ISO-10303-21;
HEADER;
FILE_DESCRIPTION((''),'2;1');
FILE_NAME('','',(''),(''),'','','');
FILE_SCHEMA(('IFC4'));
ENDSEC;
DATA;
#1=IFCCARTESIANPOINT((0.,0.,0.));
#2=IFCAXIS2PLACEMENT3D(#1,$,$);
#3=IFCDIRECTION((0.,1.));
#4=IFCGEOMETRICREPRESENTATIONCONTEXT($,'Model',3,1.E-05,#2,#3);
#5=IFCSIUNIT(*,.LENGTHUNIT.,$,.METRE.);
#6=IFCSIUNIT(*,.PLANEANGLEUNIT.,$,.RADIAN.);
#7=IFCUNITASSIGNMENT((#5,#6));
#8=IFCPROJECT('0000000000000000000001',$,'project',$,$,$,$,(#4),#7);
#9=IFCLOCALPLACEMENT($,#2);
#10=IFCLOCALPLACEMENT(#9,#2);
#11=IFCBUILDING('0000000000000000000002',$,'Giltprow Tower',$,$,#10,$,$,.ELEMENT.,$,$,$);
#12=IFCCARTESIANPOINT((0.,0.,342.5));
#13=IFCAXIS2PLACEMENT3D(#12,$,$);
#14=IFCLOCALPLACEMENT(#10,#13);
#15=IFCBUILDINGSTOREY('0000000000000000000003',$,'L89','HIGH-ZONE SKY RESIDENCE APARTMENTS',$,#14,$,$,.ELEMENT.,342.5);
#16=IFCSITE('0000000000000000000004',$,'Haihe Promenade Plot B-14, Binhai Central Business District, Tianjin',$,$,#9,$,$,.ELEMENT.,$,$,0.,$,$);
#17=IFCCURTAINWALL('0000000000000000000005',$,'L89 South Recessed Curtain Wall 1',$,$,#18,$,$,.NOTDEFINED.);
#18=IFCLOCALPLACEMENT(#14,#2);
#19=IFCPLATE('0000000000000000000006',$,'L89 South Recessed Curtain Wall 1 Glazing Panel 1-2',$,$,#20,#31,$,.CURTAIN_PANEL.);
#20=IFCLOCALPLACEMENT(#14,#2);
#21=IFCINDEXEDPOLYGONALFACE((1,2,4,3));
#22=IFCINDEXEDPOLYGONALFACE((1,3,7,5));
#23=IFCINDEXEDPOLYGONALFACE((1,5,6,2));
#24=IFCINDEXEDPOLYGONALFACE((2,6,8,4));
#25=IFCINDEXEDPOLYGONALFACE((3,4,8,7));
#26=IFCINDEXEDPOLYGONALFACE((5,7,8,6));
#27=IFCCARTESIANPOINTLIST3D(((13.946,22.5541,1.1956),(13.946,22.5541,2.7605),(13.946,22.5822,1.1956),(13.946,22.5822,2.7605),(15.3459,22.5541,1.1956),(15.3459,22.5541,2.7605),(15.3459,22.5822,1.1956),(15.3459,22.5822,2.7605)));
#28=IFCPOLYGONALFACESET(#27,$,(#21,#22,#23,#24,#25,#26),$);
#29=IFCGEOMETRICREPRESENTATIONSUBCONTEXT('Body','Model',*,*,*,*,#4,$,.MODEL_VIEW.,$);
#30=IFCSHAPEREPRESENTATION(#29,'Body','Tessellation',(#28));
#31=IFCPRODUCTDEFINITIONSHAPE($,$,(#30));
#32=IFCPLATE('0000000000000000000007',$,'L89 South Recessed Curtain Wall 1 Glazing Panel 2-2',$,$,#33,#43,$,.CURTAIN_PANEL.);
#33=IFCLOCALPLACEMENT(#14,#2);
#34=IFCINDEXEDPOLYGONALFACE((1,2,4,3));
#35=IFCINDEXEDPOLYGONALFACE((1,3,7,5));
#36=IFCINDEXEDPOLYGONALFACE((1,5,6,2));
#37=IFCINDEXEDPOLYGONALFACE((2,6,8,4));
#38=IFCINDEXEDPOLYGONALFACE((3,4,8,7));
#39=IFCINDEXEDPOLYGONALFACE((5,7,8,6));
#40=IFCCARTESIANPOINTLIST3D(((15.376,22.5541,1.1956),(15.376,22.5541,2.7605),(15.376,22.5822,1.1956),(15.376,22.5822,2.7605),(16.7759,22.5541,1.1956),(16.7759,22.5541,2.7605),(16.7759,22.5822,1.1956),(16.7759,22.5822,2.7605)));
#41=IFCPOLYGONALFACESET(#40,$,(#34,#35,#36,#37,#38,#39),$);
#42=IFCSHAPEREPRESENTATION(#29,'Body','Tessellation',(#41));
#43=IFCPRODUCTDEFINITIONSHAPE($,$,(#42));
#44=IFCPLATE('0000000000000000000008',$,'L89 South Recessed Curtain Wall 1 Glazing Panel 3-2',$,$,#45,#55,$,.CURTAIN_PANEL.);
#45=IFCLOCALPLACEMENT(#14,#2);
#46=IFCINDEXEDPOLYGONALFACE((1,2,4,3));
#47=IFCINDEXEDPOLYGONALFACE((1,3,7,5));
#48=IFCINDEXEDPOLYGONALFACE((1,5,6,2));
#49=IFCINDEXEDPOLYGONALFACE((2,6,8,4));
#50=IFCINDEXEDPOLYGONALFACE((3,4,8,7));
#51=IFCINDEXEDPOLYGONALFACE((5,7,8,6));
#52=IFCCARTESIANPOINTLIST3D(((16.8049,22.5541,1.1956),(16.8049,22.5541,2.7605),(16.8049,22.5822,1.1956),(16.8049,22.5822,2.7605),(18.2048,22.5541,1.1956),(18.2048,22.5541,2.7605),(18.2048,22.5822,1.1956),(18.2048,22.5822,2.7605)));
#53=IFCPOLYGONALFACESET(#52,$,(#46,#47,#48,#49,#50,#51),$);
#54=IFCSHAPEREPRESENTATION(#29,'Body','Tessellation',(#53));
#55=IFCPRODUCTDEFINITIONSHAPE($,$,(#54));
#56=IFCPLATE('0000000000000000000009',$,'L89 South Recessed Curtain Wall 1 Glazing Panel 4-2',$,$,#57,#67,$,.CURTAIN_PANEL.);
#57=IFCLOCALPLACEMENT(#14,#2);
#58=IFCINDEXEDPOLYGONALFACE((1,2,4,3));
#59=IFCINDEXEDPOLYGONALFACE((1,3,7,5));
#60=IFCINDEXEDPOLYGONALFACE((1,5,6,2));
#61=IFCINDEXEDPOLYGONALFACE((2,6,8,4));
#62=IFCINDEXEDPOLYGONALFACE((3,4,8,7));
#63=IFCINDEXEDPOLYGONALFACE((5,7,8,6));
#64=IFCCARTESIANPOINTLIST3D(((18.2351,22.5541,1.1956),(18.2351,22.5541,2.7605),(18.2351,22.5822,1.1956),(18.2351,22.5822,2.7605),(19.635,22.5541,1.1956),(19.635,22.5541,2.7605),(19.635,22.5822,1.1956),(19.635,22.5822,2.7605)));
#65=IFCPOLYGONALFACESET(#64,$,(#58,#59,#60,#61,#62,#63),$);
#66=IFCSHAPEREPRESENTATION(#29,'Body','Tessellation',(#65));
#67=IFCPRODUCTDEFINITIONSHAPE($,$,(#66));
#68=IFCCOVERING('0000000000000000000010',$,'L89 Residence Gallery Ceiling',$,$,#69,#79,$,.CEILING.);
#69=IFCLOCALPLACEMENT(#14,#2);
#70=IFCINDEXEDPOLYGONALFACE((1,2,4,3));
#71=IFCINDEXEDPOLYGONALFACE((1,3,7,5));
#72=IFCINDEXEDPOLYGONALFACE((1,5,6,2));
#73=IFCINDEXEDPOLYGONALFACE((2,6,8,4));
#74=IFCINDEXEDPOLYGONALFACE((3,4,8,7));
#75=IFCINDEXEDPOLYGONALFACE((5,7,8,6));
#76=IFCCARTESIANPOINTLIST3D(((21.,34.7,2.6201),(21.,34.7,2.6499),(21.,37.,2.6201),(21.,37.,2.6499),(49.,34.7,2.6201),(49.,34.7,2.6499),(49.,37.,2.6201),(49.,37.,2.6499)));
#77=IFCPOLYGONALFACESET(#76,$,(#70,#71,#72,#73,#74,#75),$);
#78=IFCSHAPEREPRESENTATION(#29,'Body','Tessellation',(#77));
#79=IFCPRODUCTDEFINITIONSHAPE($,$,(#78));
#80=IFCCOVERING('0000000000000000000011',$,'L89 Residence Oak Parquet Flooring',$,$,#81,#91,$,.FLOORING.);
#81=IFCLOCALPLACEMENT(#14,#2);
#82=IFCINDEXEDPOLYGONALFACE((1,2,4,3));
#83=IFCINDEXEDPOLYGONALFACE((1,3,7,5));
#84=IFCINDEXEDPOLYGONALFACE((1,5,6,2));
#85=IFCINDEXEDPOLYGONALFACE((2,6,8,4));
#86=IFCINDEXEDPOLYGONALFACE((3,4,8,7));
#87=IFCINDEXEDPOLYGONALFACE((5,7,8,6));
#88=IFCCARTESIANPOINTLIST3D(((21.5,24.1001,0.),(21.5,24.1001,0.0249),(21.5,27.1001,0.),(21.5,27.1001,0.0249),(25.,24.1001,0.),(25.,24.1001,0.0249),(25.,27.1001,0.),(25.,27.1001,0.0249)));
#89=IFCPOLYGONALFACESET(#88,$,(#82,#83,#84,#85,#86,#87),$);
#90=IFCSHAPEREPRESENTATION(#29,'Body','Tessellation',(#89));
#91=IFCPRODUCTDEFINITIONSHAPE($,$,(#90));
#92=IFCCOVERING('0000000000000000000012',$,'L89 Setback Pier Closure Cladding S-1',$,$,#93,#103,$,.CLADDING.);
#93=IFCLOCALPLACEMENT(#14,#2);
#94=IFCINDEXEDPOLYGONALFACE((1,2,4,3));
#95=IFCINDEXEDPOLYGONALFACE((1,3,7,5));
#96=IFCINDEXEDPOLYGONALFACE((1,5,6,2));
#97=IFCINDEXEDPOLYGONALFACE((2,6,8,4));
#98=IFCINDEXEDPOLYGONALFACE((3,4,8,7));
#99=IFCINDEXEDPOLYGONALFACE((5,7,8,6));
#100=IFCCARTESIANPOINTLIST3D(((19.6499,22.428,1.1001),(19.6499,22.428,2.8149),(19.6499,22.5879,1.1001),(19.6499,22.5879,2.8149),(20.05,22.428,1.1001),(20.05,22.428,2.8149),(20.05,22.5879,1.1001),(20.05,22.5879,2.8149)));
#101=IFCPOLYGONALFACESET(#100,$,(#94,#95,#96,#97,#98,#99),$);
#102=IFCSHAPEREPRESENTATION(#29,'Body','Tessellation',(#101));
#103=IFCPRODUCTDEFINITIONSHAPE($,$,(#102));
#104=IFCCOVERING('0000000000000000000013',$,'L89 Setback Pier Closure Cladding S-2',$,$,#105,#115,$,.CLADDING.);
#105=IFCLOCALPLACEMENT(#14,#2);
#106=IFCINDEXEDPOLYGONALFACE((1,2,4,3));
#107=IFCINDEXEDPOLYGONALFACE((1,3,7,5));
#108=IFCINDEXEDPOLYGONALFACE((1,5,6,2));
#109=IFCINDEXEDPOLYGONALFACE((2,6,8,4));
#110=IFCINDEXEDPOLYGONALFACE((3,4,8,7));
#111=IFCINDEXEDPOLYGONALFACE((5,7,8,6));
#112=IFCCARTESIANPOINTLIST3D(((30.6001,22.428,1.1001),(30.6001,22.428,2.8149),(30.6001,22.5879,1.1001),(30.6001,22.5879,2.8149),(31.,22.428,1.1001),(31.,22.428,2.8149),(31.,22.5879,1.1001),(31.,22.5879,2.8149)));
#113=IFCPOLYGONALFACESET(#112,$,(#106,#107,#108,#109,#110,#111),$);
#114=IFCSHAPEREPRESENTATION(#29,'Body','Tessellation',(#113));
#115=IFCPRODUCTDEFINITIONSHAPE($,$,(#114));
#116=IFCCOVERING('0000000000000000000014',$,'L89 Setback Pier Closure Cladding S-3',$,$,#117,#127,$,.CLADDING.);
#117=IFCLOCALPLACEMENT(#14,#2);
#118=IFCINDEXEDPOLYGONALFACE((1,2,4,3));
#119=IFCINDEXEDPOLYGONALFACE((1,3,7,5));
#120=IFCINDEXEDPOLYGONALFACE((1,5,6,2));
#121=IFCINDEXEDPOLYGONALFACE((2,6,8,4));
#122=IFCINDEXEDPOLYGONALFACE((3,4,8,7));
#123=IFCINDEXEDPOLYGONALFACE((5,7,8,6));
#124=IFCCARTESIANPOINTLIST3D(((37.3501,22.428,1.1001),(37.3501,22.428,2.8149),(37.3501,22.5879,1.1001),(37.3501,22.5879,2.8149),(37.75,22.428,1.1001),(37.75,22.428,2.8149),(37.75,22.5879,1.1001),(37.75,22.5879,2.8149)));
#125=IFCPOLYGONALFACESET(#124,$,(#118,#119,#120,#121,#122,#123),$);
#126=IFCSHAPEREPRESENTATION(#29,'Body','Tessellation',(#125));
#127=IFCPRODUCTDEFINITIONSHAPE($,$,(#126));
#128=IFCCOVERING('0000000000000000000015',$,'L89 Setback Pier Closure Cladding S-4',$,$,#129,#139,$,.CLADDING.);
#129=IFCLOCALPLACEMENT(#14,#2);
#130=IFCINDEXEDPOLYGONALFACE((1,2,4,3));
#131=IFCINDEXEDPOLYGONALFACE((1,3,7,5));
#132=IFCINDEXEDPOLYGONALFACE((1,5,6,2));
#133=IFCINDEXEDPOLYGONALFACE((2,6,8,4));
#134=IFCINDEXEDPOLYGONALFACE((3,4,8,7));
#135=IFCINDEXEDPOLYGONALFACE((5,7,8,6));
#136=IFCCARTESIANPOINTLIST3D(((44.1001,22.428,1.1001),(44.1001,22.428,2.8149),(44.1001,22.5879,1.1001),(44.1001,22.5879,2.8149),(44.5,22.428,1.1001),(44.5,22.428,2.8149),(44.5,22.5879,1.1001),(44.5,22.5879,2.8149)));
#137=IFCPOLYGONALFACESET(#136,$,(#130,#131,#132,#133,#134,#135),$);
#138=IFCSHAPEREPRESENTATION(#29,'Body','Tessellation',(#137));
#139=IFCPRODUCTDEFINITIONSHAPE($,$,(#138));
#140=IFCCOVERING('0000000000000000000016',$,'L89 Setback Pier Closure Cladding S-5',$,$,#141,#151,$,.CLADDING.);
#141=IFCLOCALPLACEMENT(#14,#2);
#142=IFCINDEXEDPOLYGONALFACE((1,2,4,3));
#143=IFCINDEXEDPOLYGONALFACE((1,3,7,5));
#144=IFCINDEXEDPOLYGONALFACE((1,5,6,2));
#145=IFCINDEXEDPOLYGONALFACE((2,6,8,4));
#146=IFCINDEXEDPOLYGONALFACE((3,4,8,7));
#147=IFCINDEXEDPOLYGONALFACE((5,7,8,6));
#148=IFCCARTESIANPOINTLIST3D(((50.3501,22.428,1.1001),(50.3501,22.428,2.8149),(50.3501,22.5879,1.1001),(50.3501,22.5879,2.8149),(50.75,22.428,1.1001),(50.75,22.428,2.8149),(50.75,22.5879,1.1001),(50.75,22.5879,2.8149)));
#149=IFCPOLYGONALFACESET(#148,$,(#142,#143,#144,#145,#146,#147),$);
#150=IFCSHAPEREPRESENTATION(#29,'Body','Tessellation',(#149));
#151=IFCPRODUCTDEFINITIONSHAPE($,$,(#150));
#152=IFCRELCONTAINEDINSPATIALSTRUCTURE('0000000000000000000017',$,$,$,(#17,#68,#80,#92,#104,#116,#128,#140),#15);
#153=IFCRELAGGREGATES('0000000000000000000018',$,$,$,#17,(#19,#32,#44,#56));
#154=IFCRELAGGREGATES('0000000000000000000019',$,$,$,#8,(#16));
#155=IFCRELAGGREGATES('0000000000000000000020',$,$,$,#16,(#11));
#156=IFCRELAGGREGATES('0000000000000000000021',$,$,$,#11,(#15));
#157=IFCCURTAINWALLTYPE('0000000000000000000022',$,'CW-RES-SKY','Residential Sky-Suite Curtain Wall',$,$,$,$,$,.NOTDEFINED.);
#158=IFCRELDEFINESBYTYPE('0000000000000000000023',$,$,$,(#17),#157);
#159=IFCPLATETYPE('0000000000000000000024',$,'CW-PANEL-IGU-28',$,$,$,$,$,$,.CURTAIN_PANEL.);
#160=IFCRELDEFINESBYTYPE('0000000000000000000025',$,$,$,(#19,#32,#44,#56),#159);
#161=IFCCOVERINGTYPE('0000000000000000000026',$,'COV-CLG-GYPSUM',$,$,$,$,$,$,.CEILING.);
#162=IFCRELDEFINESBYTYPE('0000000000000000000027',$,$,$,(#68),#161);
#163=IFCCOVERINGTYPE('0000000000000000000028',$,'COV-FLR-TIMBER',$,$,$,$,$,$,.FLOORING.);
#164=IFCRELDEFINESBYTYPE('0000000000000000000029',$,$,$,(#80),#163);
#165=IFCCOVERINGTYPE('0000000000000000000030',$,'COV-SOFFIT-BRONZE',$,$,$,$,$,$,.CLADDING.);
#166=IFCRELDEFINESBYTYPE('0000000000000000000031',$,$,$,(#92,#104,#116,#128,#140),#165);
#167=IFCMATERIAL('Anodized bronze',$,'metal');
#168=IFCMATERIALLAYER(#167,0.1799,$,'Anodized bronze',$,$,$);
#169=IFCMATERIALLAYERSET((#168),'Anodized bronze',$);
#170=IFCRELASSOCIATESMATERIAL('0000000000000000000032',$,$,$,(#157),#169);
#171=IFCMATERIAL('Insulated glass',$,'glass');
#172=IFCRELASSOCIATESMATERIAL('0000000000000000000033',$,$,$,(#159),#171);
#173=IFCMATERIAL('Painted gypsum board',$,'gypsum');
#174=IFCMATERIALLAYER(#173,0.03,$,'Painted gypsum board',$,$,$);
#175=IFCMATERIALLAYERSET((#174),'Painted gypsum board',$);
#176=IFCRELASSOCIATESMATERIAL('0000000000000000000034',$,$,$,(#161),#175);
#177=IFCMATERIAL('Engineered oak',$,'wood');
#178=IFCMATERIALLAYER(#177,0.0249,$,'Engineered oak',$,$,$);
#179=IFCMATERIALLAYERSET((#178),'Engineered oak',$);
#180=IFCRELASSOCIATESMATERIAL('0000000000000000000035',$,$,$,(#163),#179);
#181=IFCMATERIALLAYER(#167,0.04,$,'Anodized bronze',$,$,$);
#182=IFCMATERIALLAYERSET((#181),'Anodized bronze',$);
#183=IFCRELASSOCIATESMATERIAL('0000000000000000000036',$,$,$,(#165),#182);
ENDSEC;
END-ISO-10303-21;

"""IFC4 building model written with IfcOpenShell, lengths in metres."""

from ifc_helpers import new_model, si_unit, direction, frame, origin, origin_2d, place, context, subcontext, project, spatial, polyline, rectangle, outline, extrude, source, transform, mapped, material, layer, layer_set, type_object, element, aggregate, save


model = new_model("IFC4")

# Units and contexts
model_context = context("Model", 3, precision=1e-05, world=origin(), true_north=direction((0.0, 1.0)))
body_context = subcontext(model_context, "Body", "Model", "MODEL_VIEW")
ifc_project = project(units=[si_unit("LENGTHUNIT", "METRE"), si_unit("PLANEANGLEUNIT", "RADIAN")], contexts=[model_context])

# Site, building, storey
site_placement = place(None, origin())
site = spatial("IfcSite", under=ifc_project, at=site_placement, Name="Haihe Promenade Plot B-14, Binhai Central Business District, Tianjin", CompositionType="ELEMENT", RefElevation=0.0)
building_placement = place(site_placement, origin())
building = spatial("IfcBuilding", under=site, at=building_placement, Name="Giltprow Tower", CompositionType="ELEMENT")
storey_placement = place(building_placement, frame((0.0, 0.0, 342.5)))
storey = spatial("IfcBuildingStorey", under=building, at=storey_placement, Name="L89", Description="HIGH-ZONE SKY RESIDENCE APARTMENTS", CompositionType="ELEMENT", Elevation=342.5)

# Curtain wall
ifc_material_1 = material(Name="Anodized bronze", Category="metal")
ifc_layer_1 = layer(ifc_material_1, 0.1799, Name="Anodized bronze")
ifc_layer_set_1 = layer_set([ifc_layer_1], Name="Anodized bronze")
curtain_wall_type = type_object("IfcCurtainWallType", Name="CW-RES-SKY", Description="Residential Sky-Suite Curtain Wall", PredefinedType="NOTDEFINED", material=ifc_layer_set_1)
curtain_wall_placement = place(storey_placement, origin())
curtain_wall = element("IfcCurtainWall", 1, at=curtain_wall_placement, inside=storey, type_object=curtain_wall_type, Name="L89 South Recessed Curtain Wall 1", PredefinedType="NOTDEFINED")

# Plates
ifc_material_2 = material(Name="Insulated glass", Category="glass")
plate_type = type_object("IfcPlateType", Name="CW-PANEL-IGU-28", PredefinedType="CURTAIN_PANEL", material=ifc_material_2)
shared_shape_1 = source(origin(), body_context, "Body", "SweptSolid", [
    extrude(rectangle(XDim=1.3999, YDim=0.0281, at=origin_2d()), origin(), (0.0, 0.0, 1.0), 1.5649),
])
plate_1_placement = place(storey_placement, frame((14.646, 22.5681, 1.1956), z_axis=(0.0, 0.0, 1.0), x_axis=(1.0, 0.0, 0.0)))
plate_1 = element("IfcPlate", 2, at=plate_1_placement, type_object=plate_type, Name="L89 South Recessed Curtain Wall 1 Glazing Panel 1-2", PredefinedType="CURTAIN_PANEL", context=body_context, shape_type="MappedRepresentation", body=[
    mapped(shared_shape_1, transform((0.0, 0.0, 0.0), x_axis=(1.0, 0.0, 0.0), y_axis=(0.0, 1.0, 0.0), z_axis=(0.0, 0.0, 1.0), scale=1.0)),
])
plate_2_placement = place(storey_placement, frame((16.0759, 22.5681, 1.1956), z_axis=(0.0, 0.0, 1.0), x_axis=(1.0, 0.0, 0.0)))
plate_2 = element("IfcPlate", 3, at=plate_2_placement, type_object=plate_type, Name="L89 South Recessed Curtain Wall 1 Glazing Panel 2-2", PredefinedType="CURTAIN_PANEL", context=body_context, shape_type="MappedRepresentation", body=[
    mapped(shared_shape_1, transform((0.0, 0.0, 0.0), x_axis=(1.0, 0.0, 0.0), y_axis=(0.0, 1.0, 0.0), z_axis=(0.0, 0.0, 1.0), scale=1.0)),
])
plate_3_placement = place(storey_placement, frame((17.5049, 22.5681, 1.1956), z_axis=(0.0, 0.0, 1.0), x_axis=(1.0, 0.0, 0.0)))
plate_3 = element("IfcPlate", 4, at=plate_3_placement, type_object=plate_type, Name="L89 South Recessed Curtain Wall 1 Glazing Panel 3-2", PredefinedType="CURTAIN_PANEL", context=body_context, shape_type="MappedRepresentation", body=[
    mapped(shared_shape_1, transform((0.0, 0.0, 0.0), x_axis=(1.0, 0.0, 0.0), y_axis=(0.0, 1.0, 0.0), z_axis=(0.0, 0.0, 1.0), scale=1.0)),
])
plate_4_placement = place(storey_placement, frame((18.9351, 22.5681, 1.1956), z_axis=(0.0, 0.0, 1.0), x_axis=(1.0, 0.0, 0.0)))
plate_4 = element("IfcPlate", 5, at=plate_4_placement, type_object=plate_type, Name="L89 South Recessed Curtain Wall 1 Glazing Panel 4-2", PredefinedType="CURTAIN_PANEL", context=body_context, shape_type="MappedRepresentation", body=[
    mapped(shared_shape_1, transform((0.0, 0.0, 0.0), x_axis=(1.0, 0.0, 0.0), y_axis=(0.0, 1.0, 0.0), z_axis=(0.0, 0.0, 1.0), scale=1.0)),
])
aggregate(curtain_wall, [plate_1, plate_2, plate_3, plate_4])

# Coverings
ifc_material_3 = material(Name="Painted gypsum board", Category="gypsum")
ifc_layer_2 = layer(ifc_material_3, 0.03, Name="Painted gypsum board")
ifc_layer_set_2 = layer_set([ifc_layer_2], Name="Painted gypsum board")
covering_type_1 = type_object("IfcCoveringType", Name="COV-CLG-GYPSUM", PredefinedType="CEILING", material=ifc_layer_set_2)
covering_1_placement = place(storey_placement, frame((0.0, 0.0, 2.6201)))
element("IfcCovering", 6, at=covering_1_placement, inside=storey, type_object=covering_type_1, Name="L89 Residence Gallery Ceiling", PredefinedType="CEILING", context=body_context, shape_type="SweptSolid", body=[
    extrude(outline(polyline([(21.0, 34.7), (49.0, 34.7), (49.0, 37.0), (21.0, 37.0), (21.0, 34.7)])), origin(), (0.0, 0.0, 1.0), 0.0298),
])
ifc_material_4 = material(Name="Engineered oak", Category="wood")
ifc_layer_3 = layer(ifc_material_4, 0.0249, Name="Engineered oak")
ifc_layer_set_3 = layer_set([ifc_layer_3], Name="Engineered oak")
covering_type_2 = type_object("IfcCoveringType", Name="COV-FLR-TIMBER", PredefinedType="FLOORING", material=ifc_layer_set_3)
covering_2_placement = place(storey_placement, origin())
element("IfcCovering", 7, at=covering_2_placement, inside=storey, type_object=covering_type_2, Name="L89 Residence Oak Parquet Flooring", PredefinedType="FLOORING", context=body_context, shape_type="SweptSolid", body=[
    extrude(outline(polyline([(21.5, 24.1001), (25.0, 24.1001), (25.0, 27.1001), (21.5, 27.1001), (21.5, 24.1001)])), origin(), (0.0, 0.0, 1.0), 0.0249),
])
ifc_layer_4 = layer(ifc_material_1, 0.04, Name="Anodized bronze")
ifc_layer_set_4 = layer_set([ifc_layer_4], Name="Anodized bronze")
covering_type_3 = type_object("IfcCoveringType", Name="COV-SOFFIT-BRONZE", PredefinedType="CLADDING", material=ifc_layer_set_4)
covering_3_placement = place(storey_placement, frame((0.0, 0.0, 1.1001)))
element("IfcCovering", 8, at=covering_3_placement, inside=storey, type_object=covering_type_3, Name="L89 Setback Pier Closure Cladding S-1", PredefinedType="CLADDING", context=body_context, shape_type="SweptSolid", body=[
    extrude(outline(polyline([(19.6499, 22.428), (20.05, 22.428), (20.05, 22.5879), (19.6499, 22.5879), (19.6499, 22.428)])), origin(), (0.0, 0.0, 1.0), 1.7148),
])
covering_4_placement = place(storey_placement, frame((0.0, 0.0, 1.1001)))
element("IfcCovering", 9, at=covering_4_placement, inside=storey, type_object=covering_type_3, Name="L89 Setback Pier Closure Cladding S-2", PredefinedType="CLADDING", context=body_context, shape_type="SweptSolid", body=[
    extrude(outline(polyline([(30.6001, 22.428), (31.0, 22.428), (31.0, 22.5879), (30.6001, 22.5879), (30.6001, 22.428)])), origin(), (0.0, 0.0, 1.0), 1.7148),
])
covering_5_placement = place(storey_placement, frame((0.0, 0.0, 1.1001)))
element("IfcCovering", 10, at=covering_5_placement, inside=storey, type_object=covering_type_3, Name="L89 Setback Pier Closure Cladding S-3", PredefinedType="CLADDING", context=body_context, shape_type="SweptSolid", body=[
    extrude(outline(polyline([(37.3501, 22.428), (37.75, 22.428), (37.75, 22.5879), (37.3501, 22.5879), (37.3501, 22.428)])), origin(), (0.0, 0.0, 1.0), 1.7148),
])
covering_6_placement = place(storey_placement, frame((0.0, 0.0, 1.1001)))
element("IfcCovering", 11, at=covering_6_placement, inside=storey, type_object=covering_type_3, Name="L89 Setback Pier Closure Cladding S-4", PredefinedType="CLADDING", context=body_context, shape_type="SweptSolid", body=[
    extrude(outline(polyline([(44.1001, 22.428), (44.5, 22.428), (44.5, 22.5879), (44.1001, 22.5879), (44.1001, 22.428)])), origin(), (0.0, 0.0, 1.0), 1.7148),
])
covering_7_placement = place(storey_placement, frame((0.0, 0.0, 1.1001)))
element("IfcCovering", 12, at=covering_7_placement, inside=storey, type_object=covering_type_3, Name="L89 Setback Pier Closure Cladding S-5", PredefinedType="CLADDING", context=body_context, shape_type="SweptSolid", body=[
    extrude(outline(polyline([(50.3501, 22.428), (50.75, 22.428), (50.75, 22.5879), (50.3501, 22.5879), (50.3501, 22.428)])), origin(), (0.0, 0.0, 1.0), 1.7148),
])

save(model, "model.ifc")
